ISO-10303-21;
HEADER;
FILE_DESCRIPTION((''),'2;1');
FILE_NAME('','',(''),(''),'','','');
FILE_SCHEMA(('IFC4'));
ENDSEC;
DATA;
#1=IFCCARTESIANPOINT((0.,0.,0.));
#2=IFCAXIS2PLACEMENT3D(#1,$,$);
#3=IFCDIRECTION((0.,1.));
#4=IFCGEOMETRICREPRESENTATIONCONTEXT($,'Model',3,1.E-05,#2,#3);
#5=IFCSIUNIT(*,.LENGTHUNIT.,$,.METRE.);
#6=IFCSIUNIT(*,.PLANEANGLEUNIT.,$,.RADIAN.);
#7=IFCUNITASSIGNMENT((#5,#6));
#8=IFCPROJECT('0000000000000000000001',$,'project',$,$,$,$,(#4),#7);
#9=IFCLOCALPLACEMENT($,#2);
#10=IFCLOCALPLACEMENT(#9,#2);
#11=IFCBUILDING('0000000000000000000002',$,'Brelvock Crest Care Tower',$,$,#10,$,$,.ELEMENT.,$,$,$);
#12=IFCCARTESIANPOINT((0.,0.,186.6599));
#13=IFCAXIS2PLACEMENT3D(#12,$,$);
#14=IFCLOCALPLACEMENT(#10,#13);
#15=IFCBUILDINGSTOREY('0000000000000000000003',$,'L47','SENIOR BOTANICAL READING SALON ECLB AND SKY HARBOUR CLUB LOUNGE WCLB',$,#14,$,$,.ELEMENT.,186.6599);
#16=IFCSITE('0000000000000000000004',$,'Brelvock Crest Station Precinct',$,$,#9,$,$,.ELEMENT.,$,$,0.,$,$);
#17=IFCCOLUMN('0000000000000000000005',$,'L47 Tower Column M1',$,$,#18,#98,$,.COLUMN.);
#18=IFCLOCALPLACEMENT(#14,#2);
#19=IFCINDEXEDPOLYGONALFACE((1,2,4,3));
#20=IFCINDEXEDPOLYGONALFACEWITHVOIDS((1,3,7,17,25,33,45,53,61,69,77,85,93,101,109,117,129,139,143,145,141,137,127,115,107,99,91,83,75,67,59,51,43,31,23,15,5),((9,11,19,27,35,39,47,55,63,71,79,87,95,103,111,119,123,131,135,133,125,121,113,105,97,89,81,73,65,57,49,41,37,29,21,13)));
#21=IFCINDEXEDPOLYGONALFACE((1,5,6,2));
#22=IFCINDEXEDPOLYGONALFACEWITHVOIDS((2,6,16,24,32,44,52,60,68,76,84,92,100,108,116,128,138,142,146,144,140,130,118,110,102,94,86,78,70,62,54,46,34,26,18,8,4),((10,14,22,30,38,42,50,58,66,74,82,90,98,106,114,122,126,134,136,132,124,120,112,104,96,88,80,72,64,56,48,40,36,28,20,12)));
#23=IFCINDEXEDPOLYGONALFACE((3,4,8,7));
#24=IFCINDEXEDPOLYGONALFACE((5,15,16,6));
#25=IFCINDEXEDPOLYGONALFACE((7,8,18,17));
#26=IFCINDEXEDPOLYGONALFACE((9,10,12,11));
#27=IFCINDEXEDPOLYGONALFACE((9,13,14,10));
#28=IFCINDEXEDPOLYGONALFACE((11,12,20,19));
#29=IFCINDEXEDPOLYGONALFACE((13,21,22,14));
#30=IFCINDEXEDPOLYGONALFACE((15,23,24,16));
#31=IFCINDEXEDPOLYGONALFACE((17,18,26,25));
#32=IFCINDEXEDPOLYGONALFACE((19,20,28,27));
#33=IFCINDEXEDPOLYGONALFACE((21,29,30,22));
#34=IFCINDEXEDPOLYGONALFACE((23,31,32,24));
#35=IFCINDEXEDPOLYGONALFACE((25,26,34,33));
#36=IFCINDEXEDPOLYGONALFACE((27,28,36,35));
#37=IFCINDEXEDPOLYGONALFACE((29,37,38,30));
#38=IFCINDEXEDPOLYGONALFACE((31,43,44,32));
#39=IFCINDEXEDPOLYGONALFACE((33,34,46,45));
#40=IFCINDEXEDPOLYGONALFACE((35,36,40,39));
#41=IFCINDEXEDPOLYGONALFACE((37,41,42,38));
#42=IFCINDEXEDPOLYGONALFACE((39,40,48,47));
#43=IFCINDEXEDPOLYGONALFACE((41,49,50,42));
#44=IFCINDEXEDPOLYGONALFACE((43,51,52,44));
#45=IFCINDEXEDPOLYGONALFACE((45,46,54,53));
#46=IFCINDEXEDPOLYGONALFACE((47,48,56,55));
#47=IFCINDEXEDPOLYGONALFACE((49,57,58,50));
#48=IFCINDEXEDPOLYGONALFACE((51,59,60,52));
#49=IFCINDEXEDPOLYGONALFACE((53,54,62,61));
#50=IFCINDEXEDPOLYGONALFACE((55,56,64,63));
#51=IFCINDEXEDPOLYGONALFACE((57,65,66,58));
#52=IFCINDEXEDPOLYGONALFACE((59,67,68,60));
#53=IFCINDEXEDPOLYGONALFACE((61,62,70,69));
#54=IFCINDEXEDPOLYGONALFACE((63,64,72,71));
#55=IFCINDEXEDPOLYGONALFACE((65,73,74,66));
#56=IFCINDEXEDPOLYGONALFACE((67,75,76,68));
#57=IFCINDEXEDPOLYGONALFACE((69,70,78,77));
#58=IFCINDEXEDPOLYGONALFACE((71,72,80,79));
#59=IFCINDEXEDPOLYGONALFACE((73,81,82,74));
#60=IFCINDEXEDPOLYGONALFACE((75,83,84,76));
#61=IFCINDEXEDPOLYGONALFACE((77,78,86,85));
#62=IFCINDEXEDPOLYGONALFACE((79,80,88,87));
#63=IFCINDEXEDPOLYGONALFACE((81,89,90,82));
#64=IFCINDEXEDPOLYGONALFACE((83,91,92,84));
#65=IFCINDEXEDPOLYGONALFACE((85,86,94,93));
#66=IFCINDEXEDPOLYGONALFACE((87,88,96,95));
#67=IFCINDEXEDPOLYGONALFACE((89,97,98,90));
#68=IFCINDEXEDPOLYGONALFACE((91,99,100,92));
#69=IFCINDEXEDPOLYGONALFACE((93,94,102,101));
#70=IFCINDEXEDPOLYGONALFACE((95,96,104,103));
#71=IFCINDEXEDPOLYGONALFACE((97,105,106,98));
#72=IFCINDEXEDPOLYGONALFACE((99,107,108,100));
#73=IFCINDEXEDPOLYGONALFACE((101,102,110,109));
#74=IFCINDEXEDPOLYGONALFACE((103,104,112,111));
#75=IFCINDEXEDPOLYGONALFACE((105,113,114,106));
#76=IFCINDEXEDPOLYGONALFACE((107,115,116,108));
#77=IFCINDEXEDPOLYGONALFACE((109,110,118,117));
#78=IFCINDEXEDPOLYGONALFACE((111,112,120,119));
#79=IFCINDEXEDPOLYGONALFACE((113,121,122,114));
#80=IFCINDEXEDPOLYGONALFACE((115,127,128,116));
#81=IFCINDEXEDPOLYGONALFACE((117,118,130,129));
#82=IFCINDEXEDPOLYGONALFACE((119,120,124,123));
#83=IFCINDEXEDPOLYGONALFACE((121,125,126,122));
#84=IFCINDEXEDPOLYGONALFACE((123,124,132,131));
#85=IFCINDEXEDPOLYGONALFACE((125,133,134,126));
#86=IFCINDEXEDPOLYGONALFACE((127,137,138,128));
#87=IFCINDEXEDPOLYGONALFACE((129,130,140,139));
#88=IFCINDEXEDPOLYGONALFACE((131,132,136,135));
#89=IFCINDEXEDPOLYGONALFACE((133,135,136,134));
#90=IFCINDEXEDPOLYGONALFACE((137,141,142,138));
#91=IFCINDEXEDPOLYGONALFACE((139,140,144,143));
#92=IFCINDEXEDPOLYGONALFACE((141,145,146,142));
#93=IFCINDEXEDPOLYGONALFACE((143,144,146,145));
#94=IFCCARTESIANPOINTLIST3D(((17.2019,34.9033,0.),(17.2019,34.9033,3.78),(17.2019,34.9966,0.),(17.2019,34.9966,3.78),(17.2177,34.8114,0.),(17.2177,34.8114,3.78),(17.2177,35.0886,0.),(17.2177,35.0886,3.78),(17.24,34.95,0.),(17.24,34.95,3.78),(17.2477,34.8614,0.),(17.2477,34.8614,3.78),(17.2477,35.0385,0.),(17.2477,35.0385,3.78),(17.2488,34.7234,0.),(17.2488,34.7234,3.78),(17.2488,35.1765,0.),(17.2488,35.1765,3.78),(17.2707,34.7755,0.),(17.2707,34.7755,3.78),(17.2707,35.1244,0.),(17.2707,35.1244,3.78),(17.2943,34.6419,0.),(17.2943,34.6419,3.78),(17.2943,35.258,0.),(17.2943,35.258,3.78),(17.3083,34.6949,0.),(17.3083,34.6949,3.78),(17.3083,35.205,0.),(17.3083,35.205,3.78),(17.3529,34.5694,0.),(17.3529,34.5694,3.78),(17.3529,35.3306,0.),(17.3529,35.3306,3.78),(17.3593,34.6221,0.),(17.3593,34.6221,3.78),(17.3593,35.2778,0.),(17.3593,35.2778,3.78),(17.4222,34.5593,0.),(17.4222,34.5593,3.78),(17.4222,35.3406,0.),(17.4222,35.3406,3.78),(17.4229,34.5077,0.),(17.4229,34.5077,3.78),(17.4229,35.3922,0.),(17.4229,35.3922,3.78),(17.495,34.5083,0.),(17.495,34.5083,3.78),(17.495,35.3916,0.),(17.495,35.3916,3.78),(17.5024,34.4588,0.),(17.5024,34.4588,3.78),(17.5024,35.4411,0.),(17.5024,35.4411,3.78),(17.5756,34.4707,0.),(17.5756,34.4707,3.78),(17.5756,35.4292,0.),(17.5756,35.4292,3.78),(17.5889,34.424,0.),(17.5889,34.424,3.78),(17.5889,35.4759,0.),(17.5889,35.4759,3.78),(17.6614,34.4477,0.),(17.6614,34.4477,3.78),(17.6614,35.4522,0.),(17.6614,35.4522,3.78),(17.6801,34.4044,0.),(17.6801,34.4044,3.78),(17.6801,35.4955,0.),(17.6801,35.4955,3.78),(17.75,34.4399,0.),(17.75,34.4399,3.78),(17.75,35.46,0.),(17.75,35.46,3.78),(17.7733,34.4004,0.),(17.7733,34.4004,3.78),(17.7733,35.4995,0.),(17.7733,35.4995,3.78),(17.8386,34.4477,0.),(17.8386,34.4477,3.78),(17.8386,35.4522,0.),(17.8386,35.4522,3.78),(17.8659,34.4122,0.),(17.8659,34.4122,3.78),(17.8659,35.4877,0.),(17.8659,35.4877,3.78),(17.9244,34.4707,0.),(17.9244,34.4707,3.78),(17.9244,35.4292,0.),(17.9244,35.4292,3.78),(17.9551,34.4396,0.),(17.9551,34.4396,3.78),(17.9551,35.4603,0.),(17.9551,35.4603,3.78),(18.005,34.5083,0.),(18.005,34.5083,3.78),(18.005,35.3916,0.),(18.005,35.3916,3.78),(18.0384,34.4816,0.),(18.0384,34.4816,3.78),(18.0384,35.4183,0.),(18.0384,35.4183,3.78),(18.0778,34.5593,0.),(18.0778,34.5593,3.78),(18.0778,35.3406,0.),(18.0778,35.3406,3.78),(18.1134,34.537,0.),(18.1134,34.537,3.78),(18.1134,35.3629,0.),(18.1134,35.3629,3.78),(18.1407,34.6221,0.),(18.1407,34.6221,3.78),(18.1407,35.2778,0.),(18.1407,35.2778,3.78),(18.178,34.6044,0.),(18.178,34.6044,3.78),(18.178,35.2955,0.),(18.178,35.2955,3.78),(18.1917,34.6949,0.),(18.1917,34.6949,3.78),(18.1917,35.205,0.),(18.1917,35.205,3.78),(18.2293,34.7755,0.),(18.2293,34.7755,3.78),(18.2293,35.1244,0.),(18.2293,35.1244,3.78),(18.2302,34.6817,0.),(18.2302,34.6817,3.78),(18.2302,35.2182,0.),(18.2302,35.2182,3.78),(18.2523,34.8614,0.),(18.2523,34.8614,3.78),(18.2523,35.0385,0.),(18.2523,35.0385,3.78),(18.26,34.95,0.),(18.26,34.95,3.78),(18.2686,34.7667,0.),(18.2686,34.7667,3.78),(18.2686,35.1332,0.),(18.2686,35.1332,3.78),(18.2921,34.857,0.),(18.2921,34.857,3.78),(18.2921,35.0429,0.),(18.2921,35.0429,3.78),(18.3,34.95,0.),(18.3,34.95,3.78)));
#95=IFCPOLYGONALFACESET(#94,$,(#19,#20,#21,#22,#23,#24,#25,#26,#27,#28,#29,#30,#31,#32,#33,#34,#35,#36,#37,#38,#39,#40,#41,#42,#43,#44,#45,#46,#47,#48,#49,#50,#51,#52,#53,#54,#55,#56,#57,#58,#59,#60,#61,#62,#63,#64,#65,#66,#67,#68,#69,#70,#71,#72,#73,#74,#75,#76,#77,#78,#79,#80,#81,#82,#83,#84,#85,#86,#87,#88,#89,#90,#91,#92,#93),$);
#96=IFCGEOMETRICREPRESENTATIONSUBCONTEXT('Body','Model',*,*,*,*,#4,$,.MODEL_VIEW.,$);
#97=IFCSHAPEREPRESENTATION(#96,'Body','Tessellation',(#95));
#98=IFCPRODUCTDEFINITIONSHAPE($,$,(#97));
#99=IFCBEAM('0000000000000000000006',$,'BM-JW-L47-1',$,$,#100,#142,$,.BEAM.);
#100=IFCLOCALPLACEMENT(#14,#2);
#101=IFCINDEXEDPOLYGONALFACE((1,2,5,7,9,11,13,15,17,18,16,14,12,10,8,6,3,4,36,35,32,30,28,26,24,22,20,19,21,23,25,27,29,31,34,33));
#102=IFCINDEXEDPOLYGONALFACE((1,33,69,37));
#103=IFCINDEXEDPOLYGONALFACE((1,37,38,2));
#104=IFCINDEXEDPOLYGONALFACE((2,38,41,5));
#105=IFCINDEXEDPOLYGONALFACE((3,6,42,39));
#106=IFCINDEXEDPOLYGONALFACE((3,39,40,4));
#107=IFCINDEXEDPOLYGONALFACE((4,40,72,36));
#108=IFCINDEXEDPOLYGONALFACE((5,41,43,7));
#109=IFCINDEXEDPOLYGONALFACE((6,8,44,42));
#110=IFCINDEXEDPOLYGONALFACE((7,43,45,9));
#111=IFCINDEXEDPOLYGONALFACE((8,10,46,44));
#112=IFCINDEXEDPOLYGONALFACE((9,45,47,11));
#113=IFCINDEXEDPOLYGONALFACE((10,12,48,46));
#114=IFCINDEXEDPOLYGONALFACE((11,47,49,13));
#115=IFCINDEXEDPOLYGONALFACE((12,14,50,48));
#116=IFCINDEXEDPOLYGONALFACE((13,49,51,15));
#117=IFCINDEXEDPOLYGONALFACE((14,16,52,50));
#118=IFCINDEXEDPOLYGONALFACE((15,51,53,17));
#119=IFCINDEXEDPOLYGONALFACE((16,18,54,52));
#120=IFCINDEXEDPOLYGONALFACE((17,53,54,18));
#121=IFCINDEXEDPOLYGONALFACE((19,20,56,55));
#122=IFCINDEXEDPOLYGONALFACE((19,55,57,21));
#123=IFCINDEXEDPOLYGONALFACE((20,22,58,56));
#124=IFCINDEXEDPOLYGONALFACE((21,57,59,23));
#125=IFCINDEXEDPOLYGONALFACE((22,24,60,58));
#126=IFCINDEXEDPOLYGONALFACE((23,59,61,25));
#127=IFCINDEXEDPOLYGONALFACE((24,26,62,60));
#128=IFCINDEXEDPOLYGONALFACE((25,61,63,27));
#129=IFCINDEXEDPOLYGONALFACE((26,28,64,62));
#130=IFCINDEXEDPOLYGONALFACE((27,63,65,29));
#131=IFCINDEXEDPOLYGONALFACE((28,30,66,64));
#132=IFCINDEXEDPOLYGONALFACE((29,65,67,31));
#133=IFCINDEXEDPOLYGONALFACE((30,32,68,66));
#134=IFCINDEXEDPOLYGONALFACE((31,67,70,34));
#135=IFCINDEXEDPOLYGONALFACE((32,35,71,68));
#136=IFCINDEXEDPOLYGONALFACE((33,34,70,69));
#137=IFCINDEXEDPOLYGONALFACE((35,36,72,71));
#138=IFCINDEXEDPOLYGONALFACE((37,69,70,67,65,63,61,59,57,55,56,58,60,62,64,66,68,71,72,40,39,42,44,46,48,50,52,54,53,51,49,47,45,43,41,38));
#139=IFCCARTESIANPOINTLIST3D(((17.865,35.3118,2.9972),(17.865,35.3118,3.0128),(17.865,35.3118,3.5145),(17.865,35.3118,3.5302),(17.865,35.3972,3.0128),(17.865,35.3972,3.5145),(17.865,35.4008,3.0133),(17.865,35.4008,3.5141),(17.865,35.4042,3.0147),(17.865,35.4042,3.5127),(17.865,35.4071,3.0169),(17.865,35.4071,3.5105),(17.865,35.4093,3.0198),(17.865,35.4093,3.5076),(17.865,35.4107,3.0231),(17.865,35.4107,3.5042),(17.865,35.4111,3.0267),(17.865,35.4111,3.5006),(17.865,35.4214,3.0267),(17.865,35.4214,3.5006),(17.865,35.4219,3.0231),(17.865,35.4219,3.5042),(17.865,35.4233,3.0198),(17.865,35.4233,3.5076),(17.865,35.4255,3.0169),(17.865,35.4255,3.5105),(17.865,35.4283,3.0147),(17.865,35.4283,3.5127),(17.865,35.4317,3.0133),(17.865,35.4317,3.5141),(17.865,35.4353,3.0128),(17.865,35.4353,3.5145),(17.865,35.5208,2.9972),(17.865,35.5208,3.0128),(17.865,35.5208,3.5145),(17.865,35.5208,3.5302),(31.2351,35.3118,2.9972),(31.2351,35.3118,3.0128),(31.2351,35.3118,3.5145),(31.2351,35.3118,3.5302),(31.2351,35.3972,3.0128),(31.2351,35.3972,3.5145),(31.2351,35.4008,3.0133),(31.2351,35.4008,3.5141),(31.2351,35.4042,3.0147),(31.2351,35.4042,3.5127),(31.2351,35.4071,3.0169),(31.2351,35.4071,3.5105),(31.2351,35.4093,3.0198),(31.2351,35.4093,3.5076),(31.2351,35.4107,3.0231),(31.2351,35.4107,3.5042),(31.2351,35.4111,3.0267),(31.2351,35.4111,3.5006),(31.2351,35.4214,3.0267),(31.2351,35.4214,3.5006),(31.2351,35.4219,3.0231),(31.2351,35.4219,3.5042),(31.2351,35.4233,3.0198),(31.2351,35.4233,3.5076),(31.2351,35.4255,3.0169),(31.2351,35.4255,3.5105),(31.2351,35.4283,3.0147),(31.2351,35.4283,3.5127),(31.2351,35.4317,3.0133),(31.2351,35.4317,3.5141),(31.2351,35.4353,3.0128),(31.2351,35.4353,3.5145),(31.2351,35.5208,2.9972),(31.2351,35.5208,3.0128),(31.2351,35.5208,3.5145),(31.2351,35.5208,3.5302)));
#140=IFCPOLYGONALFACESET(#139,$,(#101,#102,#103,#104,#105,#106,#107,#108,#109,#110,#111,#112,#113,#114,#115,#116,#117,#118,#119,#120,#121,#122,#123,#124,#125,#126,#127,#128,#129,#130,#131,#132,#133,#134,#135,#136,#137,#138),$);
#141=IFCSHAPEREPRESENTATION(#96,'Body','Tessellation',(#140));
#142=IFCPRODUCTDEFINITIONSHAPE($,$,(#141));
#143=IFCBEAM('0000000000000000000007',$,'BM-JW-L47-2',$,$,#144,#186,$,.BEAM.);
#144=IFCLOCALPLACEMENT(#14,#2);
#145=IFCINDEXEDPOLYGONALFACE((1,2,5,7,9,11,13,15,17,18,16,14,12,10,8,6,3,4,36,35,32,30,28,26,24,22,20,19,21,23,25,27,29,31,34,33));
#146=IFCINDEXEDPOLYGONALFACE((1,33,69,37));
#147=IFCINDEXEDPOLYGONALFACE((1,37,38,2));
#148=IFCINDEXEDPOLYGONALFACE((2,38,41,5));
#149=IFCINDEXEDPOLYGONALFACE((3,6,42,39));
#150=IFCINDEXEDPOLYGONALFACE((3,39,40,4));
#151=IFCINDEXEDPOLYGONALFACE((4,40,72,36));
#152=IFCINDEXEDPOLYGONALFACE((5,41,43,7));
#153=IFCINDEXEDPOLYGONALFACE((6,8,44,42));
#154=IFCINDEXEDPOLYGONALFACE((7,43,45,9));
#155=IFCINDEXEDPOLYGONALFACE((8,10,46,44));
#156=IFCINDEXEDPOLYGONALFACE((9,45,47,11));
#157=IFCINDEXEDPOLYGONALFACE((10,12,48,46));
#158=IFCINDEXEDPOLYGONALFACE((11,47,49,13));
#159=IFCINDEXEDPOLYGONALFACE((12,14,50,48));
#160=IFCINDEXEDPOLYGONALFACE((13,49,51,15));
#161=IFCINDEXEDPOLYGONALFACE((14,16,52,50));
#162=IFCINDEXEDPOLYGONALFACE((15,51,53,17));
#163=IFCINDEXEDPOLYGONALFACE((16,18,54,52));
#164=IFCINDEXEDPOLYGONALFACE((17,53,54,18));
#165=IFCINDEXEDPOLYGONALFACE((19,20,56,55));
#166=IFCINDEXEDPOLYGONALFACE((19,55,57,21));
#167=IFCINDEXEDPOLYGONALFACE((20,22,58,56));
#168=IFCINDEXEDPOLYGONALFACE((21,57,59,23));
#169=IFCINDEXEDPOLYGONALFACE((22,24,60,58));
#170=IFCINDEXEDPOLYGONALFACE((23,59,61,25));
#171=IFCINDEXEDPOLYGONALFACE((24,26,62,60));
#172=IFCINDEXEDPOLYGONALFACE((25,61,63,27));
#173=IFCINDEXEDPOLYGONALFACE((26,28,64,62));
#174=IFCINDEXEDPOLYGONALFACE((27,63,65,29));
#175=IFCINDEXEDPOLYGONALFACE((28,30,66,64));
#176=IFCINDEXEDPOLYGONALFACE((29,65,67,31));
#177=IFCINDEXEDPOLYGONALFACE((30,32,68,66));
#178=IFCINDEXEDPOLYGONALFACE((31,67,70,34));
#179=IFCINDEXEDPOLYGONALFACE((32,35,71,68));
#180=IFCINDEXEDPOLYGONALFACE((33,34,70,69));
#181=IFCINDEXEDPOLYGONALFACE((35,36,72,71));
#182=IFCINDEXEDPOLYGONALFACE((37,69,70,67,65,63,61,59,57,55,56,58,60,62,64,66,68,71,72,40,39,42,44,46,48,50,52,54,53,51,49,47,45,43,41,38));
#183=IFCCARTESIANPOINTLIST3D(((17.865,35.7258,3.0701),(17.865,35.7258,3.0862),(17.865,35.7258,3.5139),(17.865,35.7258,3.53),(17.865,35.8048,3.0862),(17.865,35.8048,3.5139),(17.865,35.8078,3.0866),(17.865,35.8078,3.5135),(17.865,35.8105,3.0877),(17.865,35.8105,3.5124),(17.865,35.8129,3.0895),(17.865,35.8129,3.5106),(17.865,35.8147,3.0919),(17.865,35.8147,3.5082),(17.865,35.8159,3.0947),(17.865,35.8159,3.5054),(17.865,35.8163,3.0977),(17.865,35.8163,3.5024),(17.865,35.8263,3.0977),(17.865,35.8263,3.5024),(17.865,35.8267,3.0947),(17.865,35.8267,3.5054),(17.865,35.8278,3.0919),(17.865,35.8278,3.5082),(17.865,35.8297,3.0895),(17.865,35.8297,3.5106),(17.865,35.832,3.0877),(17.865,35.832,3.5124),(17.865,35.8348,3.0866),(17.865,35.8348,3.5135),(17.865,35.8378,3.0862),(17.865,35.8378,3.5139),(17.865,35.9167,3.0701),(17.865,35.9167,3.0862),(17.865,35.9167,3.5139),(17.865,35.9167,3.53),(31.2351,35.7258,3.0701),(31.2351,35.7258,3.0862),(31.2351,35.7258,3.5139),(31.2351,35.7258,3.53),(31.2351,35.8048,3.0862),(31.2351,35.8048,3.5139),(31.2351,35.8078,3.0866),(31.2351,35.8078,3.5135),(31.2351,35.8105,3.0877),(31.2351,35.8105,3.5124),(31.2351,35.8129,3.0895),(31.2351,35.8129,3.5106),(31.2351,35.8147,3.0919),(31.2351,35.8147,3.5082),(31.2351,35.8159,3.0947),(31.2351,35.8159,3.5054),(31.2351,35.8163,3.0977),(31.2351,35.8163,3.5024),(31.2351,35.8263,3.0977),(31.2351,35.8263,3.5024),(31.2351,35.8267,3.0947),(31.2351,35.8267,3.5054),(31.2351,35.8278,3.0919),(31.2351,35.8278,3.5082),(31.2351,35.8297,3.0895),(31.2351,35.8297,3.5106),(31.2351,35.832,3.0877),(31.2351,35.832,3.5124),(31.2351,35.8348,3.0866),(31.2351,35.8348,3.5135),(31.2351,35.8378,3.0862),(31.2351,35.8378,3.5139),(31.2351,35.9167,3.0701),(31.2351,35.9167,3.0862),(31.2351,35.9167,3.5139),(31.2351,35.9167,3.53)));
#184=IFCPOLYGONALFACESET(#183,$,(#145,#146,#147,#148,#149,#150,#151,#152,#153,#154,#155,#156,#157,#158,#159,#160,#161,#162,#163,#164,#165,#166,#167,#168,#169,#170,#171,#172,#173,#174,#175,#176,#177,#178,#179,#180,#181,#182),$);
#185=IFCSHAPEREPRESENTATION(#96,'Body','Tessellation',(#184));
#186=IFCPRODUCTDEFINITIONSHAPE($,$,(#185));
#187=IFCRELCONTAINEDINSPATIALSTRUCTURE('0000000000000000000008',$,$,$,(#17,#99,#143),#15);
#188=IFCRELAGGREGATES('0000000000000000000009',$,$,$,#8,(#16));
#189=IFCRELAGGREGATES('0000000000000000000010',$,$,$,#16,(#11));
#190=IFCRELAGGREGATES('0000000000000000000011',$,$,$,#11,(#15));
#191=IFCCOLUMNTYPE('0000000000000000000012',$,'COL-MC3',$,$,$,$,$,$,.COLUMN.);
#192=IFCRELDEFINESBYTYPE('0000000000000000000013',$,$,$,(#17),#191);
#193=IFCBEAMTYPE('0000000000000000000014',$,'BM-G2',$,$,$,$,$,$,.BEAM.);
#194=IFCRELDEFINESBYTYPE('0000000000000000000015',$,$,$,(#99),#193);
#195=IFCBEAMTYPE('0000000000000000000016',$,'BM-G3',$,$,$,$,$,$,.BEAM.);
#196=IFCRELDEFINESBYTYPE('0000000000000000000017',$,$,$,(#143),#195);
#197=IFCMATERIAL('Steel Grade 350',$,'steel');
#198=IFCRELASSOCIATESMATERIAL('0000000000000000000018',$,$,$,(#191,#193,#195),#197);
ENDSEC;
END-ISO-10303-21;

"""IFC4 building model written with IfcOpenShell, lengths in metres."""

from ifc_helpers import new_model, si_unit, direction, frame, origin, origin_2d, place, context, subcontext, project, spatial, hollow_circle, i_section, extrude, source, transform, mapped, material, material_profile, profile_set, type_object, element, save


model = new_model("IFC4")

# Units and contexts
model_context = context("Model", 3, precision=1e-05, world=origin(), true_north=direction((0.0, 1.0)))
body_context = subcontext(model_context, "Body", "Model", "MODEL_VIEW")
ifc_project = project(units=[si_unit("LENGTHUNIT", "METRE"), si_unit("PLANEANGLEUNIT", "RADIAN")], contexts=[model_context])

# Site, building, storey
site_placement = place(None, origin())
site = spatial("IfcSite", under=ifc_project, at=site_placement, Name="Brelvock Crest Station Precinct", CompositionType="ELEMENT", RefElevation=0.0)
building_placement = place(site_placement, origin())
building = spatial("IfcBuilding", under=site, at=building_placement, Name="Brelvock Crest Care Tower", CompositionType="ELEMENT")
storey_placement = place(building_placement, frame((0.0, 0.0, 186.6599)))
storey = spatial("IfcBuildingStorey", under=building, at=storey_placement, Name="L47", Description="SENIOR BOTANICAL READING SALON ECLB AND SKY HARBOUR CLUB LOUNGE WCLB", CompositionType="ELEMENT", Elevation=186.6599)

# Column
ifc_material_1 = material(Name="Steel Grade 350", Category="steel")
ifc_material_profile_1 = material_profile(ifc_material_1, hollow_circle(Radius=0.55, WallThickness=0.04, at=origin_2d()), Name="CFT1100x40")
ifc_profile_set_1 = profile_set([ifc_material_profile_1], Name="Steel Grade 350")
column_type = type_object("IfcColumnType", Name="COL-MC3", PredefinedType="COLUMN", material=ifc_profile_set_1)
shared_shape_1 = source(origin(), body_context, "Body", "SweptSolid", [
    extrude(hollow_circle(Radius=0.55, WallThickness=0.04, at=origin_2d()), origin(), (0.0, 0.0, 1.0), 3.78),
])
column_placement = place(storey_placement, frame((17.75, 34.95, 0.0), z_axis=(0.0, 0.0, 1.0), x_axis=(1.0, 0.0, 0.0)))
element("IfcColumn", 1, at=column_placement, inside=storey, type_object=column_type, Name="L47 Tower Column M1", PredefinedType="COLUMN", context=body_context, shape_type="MappedRepresentation", body=[
    mapped(shared_shape_1, transform((0.0, 0.0, 0.0), x_axis=(1.0, 0.0, 0.0), y_axis=(0.0, 1.0, 0.0), z_axis=(0.0, 0.0, 1.0), scale=1.0)),
])

# Beams
ifc_material_profile_2 = material_profile(ifc_material_1, i_section(OverallWidth=0.209, OverallDepth=0.533, WebThickness=0.0103, FlangeThickness=0.0156, FilletRadius=0.0139, at=origin_2d()), Name="530UB92.4")
ifc_profile_set_2 = profile_set([ifc_material_profile_2], Name="Steel Grade 350")
beam_type_1 = type_object("IfcBeamType", Name="BM-G2", PredefinedType="BEAM", material=ifc_profile_set_2)
shared_shape_2 = source(origin(), body_context, "Body", "SweptSolid", [
    extrude(i_section(OverallWidth=0.209, OverallDepth=0.533, WebThickness=0.0103, FlangeThickness=0.0156, FilletRadius=0.0139, at=origin_2d()), origin(), (0.0, 0.0, 1.0), 13.3701),
])
beam_1_placement = place(storey_placement, frame((17.865, 35.4163, 3.2637), z_axis=(1.0, 0.0, 0.0), x_axis=(0.0, 1.0, 0.0)))
element("IfcBeam", 2, at=beam_1_placement, inside=storey, type_object=beam_type_1, Name="BM-JW-L47-1", PredefinedType="BEAM", context=body_context, shape_type="MappedRepresentation", body=[
    mapped(shared_shape_2, transform((0.0, 0.0, 0.0), x_axis=(1.0, 0.0, 0.0), y_axis=(0.0, 1.0, 0.0), z_axis=(0.0, 0.0, 1.0), scale=1.0)),
])
ifc_material_profile_3 = material_profile(ifc_material_1, i_section(OverallWidth=0.1909, OverallDepth=0.46, WebThickness=0.01, FlangeThickness=0.0161, FilletRadius=0.0115, at=origin_2d()), Name="460UB82.1")
ifc_profile_set_3 = profile_set([ifc_material_profile_3], Name="Steel Grade 350")
beam_type_2 = type_object("IfcBeamType", Name="BM-G3", PredefinedType="BEAM", material=ifc_profile_set_3)
shared_shape_3 = source(origin(), body_context, "Body", "SweptSolid", [
    extrude(i_section(OverallWidth=0.1909, OverallDepth=0.46, WebThickness=0.01, FlangeThickness=0.0161, FilletRadius=0.0115, at=origin_2d()), origin(), (0.0, 0.0, 1.0), 13.3701),
])
beam_2_placement = place(storey_placement, frame((17.865, 35.8213, 3.3), z_axis=(1.0, 0.0, 0.0), x_axis=(0.0, 1.0, 0.0)))
element("IfcBeam", 3, at=beam_2_placement, inside=storey, type_object=beam_type_2, Name="BM-JW-L47-2", PredefinedType="BEAM", context=body_context, shape_type="MappedRepresentation", body=[
    mapped(shared_shape_3, transform((0.0, 0.0, 0.0), x_axis=(1.0, 0.0, 0.0), y_axis=(0.0, 1.0, 0.0), z_axis=(0.0, 0.0, 1.0), scale=1.0)),
])

save(model, "model.ifc")
